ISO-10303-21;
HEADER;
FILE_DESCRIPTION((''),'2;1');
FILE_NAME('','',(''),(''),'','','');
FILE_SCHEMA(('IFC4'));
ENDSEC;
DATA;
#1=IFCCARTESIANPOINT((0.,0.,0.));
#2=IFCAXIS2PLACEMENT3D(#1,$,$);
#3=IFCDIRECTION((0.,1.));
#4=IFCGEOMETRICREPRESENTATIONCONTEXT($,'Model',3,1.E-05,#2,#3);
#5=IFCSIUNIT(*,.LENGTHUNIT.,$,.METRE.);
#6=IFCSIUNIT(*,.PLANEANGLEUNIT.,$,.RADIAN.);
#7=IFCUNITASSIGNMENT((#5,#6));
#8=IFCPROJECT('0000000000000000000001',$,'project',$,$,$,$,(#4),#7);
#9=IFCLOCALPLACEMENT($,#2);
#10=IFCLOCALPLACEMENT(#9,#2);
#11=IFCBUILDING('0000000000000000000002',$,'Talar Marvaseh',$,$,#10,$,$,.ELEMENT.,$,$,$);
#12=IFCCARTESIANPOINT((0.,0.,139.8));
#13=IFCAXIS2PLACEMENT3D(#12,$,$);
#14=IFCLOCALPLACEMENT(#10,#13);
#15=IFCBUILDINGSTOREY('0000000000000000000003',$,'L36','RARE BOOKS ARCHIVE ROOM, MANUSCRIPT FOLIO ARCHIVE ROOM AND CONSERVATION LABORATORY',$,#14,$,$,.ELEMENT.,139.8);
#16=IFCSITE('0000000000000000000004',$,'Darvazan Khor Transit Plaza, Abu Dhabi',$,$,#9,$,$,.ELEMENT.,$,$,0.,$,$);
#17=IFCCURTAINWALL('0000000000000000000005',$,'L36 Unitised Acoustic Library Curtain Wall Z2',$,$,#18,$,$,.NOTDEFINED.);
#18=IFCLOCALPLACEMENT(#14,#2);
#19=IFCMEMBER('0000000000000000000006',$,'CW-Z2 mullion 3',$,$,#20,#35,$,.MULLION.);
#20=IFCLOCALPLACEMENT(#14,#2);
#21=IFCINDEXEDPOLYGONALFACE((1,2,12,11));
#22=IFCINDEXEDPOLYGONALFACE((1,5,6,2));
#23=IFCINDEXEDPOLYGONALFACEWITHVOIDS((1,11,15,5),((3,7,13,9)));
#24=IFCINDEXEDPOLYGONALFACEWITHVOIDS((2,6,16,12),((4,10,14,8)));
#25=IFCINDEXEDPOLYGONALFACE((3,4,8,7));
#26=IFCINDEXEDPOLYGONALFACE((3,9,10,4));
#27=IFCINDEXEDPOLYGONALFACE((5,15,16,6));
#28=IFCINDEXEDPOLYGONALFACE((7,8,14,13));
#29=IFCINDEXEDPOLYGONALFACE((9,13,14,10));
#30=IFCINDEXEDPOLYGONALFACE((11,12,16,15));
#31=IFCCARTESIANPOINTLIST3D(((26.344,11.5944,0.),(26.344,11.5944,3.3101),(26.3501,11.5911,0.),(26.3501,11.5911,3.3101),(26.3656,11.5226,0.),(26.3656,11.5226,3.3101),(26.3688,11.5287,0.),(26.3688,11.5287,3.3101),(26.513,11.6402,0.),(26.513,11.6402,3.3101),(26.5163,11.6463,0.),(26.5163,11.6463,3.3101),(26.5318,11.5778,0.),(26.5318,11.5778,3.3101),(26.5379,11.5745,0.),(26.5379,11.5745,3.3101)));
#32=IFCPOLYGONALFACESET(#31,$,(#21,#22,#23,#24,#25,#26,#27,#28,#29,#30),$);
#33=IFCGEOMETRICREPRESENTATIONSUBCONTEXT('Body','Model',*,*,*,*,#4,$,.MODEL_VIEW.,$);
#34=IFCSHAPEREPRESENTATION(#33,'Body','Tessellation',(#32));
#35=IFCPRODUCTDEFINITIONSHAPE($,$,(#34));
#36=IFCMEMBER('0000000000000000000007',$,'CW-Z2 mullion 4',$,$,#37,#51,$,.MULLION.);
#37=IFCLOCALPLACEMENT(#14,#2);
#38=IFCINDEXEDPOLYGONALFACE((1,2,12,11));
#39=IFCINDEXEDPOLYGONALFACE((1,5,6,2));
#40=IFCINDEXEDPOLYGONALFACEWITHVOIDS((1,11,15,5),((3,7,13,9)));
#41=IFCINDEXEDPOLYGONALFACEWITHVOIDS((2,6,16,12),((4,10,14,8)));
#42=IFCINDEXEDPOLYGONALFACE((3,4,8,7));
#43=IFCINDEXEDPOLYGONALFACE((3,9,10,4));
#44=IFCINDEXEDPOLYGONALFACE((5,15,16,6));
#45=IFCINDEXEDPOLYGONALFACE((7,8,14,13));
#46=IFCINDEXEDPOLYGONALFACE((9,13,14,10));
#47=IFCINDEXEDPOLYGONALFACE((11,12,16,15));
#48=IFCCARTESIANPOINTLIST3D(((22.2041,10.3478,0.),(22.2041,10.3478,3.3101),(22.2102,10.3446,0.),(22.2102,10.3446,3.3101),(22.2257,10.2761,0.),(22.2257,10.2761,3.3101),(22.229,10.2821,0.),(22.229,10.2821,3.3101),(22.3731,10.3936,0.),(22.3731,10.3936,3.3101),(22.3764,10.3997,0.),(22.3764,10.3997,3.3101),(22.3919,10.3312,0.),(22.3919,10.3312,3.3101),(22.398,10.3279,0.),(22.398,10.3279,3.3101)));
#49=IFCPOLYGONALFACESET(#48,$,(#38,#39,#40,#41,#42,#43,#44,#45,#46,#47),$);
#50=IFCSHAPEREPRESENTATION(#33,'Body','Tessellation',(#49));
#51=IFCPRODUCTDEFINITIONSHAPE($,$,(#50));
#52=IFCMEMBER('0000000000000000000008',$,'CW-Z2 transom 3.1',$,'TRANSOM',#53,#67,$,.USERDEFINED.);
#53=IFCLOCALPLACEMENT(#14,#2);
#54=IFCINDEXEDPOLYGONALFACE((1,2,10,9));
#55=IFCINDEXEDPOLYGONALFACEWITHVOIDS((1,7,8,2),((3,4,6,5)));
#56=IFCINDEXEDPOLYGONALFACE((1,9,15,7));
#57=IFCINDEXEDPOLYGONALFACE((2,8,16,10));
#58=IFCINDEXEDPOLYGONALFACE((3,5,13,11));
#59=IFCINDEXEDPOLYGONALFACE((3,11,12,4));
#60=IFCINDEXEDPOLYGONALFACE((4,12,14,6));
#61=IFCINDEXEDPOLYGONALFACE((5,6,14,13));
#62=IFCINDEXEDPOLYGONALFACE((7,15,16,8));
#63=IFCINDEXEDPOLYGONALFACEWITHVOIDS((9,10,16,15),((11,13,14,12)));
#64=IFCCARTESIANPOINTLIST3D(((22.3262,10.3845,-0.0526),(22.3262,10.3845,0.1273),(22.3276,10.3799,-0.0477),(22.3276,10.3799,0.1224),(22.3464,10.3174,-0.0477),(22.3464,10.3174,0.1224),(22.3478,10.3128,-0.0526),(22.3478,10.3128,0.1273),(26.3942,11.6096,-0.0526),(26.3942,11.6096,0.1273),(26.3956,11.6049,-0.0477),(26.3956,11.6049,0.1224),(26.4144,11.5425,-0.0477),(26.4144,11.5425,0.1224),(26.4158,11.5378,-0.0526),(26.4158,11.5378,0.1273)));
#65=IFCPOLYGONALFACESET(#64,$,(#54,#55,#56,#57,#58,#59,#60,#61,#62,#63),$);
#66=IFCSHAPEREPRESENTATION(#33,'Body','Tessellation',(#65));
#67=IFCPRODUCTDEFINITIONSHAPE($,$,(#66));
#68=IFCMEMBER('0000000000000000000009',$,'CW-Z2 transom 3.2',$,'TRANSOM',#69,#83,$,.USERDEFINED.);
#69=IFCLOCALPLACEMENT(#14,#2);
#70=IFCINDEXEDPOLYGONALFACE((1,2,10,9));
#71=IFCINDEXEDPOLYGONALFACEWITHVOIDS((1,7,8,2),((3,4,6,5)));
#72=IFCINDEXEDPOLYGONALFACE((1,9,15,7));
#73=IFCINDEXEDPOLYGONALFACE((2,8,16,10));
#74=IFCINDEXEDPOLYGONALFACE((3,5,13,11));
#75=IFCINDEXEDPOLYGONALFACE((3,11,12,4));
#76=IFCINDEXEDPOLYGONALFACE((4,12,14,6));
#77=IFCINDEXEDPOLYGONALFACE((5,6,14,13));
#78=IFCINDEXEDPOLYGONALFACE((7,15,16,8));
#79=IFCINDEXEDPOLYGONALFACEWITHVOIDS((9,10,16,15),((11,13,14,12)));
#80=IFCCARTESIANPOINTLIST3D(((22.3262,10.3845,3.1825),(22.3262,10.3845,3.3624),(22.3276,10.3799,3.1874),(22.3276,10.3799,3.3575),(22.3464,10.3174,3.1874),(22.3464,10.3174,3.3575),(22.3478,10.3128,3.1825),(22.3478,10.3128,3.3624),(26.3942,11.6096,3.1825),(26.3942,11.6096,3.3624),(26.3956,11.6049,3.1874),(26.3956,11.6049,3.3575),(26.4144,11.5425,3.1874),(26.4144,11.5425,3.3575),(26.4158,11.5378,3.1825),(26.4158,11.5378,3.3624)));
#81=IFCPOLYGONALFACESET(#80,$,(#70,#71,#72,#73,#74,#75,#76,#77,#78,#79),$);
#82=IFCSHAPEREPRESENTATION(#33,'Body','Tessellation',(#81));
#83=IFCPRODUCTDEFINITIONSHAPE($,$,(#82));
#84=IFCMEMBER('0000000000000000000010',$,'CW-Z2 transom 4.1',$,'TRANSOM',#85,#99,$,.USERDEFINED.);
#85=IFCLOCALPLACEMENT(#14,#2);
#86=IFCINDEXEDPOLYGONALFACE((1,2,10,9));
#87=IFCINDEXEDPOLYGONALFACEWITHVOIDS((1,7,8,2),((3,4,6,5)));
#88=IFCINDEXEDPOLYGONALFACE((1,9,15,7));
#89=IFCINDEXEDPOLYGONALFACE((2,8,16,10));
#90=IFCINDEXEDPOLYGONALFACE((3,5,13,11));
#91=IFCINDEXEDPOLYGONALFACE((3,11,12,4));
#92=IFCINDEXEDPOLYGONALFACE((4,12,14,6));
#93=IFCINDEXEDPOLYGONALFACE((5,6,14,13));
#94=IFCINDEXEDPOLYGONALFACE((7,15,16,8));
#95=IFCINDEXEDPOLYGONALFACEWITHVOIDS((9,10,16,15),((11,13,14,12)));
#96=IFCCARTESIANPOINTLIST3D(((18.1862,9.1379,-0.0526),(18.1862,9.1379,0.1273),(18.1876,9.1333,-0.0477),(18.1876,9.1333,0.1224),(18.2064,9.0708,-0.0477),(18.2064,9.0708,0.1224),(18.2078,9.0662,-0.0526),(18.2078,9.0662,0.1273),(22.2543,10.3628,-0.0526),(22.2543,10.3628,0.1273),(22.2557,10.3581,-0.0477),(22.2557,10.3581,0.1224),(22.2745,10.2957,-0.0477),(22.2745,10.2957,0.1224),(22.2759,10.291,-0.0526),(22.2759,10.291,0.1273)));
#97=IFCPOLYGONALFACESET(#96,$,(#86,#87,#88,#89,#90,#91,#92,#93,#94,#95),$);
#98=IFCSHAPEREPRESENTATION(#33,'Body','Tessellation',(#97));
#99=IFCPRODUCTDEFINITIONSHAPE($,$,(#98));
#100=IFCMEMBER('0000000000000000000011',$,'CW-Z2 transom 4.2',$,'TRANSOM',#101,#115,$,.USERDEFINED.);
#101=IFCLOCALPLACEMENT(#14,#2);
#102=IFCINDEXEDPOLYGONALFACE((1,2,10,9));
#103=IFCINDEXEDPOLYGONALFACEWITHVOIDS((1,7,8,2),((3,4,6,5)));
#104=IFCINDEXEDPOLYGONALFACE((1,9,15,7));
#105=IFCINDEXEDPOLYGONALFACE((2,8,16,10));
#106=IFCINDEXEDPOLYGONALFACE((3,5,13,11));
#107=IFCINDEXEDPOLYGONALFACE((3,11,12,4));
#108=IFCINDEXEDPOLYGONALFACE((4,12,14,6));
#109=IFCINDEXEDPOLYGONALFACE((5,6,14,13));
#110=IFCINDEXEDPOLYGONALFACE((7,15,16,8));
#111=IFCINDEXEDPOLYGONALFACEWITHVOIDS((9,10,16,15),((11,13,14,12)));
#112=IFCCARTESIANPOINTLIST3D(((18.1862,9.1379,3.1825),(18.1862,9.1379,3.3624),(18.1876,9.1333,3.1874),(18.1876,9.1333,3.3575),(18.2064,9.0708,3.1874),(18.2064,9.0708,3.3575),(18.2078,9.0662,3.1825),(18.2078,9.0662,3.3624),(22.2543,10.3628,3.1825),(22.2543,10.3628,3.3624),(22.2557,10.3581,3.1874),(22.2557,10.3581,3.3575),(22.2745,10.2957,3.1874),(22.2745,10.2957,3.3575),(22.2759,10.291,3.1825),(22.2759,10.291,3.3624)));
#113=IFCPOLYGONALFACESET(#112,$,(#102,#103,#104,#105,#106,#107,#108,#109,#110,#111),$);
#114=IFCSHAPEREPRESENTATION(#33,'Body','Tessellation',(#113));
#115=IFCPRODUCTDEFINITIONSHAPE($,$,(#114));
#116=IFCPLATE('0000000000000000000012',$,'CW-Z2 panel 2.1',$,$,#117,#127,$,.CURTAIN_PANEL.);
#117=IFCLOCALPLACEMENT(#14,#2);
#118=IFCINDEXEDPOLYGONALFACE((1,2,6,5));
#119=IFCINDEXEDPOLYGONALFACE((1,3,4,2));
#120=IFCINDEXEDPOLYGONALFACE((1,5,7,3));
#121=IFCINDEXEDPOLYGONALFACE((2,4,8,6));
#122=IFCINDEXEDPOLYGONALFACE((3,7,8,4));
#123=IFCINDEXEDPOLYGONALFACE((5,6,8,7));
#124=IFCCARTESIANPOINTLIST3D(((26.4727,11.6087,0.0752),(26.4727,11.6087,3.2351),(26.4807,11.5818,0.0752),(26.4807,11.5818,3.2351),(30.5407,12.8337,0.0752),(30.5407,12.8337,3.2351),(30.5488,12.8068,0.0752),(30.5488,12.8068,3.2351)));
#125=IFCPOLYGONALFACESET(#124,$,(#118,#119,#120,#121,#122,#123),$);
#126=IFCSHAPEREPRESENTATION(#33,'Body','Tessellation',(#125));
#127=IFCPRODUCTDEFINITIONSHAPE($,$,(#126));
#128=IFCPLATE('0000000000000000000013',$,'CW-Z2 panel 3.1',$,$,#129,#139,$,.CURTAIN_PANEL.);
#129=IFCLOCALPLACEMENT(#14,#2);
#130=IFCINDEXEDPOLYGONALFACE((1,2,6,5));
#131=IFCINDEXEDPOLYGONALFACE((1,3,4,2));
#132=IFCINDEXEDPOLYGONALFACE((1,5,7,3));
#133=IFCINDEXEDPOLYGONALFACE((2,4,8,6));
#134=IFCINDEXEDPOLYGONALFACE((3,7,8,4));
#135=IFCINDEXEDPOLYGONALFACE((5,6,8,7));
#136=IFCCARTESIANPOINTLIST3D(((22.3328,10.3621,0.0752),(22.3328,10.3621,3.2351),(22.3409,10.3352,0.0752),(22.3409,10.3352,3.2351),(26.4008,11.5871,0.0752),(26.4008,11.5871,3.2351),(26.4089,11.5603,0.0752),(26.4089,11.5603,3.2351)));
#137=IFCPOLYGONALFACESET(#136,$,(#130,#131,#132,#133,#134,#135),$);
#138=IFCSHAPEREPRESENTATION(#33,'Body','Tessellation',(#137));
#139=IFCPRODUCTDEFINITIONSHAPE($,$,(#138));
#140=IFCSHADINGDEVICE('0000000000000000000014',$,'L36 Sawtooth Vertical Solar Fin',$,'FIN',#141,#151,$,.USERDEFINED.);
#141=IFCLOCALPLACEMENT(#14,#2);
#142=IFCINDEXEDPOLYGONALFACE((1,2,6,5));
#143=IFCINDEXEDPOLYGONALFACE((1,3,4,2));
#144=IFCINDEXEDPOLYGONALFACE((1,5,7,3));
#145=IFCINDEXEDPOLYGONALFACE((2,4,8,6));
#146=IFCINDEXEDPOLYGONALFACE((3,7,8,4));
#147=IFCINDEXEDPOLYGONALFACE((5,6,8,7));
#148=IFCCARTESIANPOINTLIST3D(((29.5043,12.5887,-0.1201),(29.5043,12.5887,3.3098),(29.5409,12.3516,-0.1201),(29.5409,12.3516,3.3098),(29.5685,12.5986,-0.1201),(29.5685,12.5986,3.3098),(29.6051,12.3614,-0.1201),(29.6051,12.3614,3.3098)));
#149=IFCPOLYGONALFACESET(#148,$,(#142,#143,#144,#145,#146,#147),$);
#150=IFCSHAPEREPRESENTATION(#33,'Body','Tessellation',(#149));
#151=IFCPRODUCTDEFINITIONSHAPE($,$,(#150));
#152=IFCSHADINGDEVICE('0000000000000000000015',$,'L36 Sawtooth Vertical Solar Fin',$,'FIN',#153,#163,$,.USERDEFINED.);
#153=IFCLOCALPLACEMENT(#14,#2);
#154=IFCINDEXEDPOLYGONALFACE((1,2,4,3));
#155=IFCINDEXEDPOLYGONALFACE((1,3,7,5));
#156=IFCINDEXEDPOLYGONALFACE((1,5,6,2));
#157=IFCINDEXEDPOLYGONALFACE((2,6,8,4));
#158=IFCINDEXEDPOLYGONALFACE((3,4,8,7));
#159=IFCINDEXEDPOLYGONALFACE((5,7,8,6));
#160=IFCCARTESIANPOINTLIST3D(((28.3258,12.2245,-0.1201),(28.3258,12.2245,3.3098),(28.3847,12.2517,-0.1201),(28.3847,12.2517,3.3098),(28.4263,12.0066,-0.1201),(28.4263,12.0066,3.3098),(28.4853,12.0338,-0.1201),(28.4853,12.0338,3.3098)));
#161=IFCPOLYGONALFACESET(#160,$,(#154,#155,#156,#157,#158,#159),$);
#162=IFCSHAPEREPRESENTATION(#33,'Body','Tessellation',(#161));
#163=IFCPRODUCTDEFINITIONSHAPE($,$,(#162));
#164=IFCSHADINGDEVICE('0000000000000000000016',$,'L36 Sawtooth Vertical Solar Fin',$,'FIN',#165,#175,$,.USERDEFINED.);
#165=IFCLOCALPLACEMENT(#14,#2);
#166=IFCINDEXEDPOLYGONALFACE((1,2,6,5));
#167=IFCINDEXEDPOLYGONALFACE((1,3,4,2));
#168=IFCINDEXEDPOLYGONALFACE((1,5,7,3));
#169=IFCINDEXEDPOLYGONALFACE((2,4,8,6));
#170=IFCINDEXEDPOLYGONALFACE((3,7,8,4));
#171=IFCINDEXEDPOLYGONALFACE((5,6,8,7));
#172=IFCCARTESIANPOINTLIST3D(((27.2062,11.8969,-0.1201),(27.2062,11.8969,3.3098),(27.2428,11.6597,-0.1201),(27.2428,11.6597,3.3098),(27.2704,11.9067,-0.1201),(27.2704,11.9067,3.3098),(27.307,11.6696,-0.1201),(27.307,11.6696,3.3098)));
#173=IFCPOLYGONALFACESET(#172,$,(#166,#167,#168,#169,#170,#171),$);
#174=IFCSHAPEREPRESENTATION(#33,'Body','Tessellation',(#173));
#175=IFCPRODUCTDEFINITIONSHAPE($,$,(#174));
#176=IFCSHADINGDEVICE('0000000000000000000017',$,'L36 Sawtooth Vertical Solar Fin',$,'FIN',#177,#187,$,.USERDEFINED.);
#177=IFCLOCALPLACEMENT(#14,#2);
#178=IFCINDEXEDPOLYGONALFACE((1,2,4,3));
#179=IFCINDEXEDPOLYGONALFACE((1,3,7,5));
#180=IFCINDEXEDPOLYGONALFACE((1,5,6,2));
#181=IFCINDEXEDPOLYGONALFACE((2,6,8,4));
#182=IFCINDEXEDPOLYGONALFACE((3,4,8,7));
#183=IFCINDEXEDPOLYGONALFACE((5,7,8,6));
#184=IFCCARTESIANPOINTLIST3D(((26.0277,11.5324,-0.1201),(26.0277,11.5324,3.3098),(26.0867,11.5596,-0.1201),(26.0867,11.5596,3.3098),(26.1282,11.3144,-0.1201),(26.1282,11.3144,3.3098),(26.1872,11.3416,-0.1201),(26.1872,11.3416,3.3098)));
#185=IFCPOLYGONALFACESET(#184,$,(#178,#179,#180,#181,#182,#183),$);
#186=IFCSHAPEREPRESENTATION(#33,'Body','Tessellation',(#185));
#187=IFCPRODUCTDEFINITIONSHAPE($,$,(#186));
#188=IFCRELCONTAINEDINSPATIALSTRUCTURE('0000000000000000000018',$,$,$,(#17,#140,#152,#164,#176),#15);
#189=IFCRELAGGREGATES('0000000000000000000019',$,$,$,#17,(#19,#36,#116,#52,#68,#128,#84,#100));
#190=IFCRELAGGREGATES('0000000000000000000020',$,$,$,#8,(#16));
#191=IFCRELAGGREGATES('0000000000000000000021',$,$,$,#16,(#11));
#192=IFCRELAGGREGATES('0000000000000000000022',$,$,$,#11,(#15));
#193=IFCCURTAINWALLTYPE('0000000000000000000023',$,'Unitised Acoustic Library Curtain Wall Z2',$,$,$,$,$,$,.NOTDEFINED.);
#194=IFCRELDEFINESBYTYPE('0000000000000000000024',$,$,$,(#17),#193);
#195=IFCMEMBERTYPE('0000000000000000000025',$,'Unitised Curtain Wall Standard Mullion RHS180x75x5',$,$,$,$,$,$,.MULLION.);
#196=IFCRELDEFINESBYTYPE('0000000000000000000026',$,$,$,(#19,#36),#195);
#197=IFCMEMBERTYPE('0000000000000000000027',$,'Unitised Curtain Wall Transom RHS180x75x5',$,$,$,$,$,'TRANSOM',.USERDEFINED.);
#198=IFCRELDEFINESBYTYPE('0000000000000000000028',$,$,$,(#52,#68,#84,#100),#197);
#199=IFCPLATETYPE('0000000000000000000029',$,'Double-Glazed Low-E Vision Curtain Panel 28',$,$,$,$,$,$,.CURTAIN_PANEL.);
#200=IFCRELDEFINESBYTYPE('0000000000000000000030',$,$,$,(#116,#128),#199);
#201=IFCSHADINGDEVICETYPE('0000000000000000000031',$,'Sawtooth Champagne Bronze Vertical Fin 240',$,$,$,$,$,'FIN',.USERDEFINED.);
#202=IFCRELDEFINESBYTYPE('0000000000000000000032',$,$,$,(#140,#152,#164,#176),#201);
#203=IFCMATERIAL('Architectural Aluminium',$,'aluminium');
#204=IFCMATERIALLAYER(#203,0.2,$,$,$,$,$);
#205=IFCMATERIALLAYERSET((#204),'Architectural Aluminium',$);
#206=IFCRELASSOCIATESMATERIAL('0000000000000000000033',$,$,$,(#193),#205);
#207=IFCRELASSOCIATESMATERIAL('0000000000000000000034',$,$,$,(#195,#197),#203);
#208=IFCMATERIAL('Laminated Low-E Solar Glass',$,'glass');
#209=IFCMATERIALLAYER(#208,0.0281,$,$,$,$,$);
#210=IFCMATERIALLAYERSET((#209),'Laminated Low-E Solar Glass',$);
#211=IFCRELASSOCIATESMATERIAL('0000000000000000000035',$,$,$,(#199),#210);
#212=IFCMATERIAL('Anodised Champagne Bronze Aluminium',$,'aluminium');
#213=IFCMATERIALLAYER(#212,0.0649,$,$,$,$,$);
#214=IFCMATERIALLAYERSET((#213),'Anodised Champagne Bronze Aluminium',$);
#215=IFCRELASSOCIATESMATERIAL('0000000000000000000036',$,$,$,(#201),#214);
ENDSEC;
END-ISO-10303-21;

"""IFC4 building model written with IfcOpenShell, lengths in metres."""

from ifc_helpers import new_model, si_unit, direction, frame, origin, origin_2d, place, context, subcontext, project, spatial, rectangle, hollow_rectangle, extrude, source, transform, mapped, material, layer, layer_set, material_profile, profile_set, type_object, type_shapes, element, aggregate, save


model = new_model("IFC4")

# Units and contexts
model_context = context("Model", 3, precision=1e-05, world=origin(), true_north=direction((0.0, 1.0)))
body_context = subcontext(model_context, "Body", "Model", "MODEL_VIEW")
ifc_project = project(units=[si_unit("LENGTHUNIT", "METRE"), si_unit("PLANEANGLEUNIT", "RADIAN")], contexts=[model_context])

# Site, building, storey
site_placement = place(None, origin())
site = spatial("IfcSite", under=ifc_project, at=site_placement, Name="Darvazan Khor Transit Plaza, Abu Dhabi", CompositionType="ELEMENT", RefElevation=0.0)
building_placement = place(site_placement, origin())
building = spatial("IfcBuilding", under=site, at=building_placement, Name="Talar Marvaseh", CompositionType="ELEMENT")
storey_placement = place(building_placement, frame((0.0, 0.0, 139.8)))
storey = spatial("IfcBuildingStorey", under=building, at=storey_placement, Name="L36", Description="RARE BOOKS ARCHIVE ROOM, MANUSCRIPT FOLIO ARCHIVE ROOM AND CONSERVATION LABORATORY", CompositionType="ELEMENT", Elevation=139.8)

# Curtain wall, members, plates
ifc_material_1 = material(Name="Architectural Aluminium", Category="aluminium")
ifc_layer_1 = layer(ifc_material_1, 0.2)
ifc_layer_set_1 = layer_set([ifc_layer_1], Name="Architectural Aluminium")
curtain_wall_type = type_object("IfcCurtainWallType", Name="Unitised Acoustic Library Curtain Wall Z2", PredefinedType="NOTDEFINED", material=ifc_layer_set_1)
curtain_wall_placement = place(storey_placement, origin())
curtain_wall = element("IfcCurtainWall", 1, at=curtain_wall_placement, inside=storey, type_object=curtain_wall_type, Name="L36 Unitised Acoustic Library Curtain Wall Z2", PredefinedType="NOTDEFINED")
ifc_material_profile_1 = material_profile(ifc_material_1, hollow_rectangle(XDim=0.075, YDim=0.1799, WallThickness=0.0049, at=origin_2d()), Name="RHS180x75x5")
ifc_profile_set_1 = profile_set([ifc_material_profile_1], Name="Architectural Aluminium")
member_type_1 = type_object("IfcMemberType", Name="Unitised Curtain Wall Standard Mullion RHS180x75x5", PredefinedType="MULLION", material=ifc_profile_set_1)
shared_shape_1 = source(origin(), body_context, "Body", "SweptSolid", [
    extrude(hollow_rectangle(XDim=0.075, YDim=0.1799, WallThickness=0.0049, at=origin_2d()), origin(), (0.0, 0.0, 1.0), 3.3101),
])
type_shapes(member_type_1, [shared_shape_1])
member_1_placement = place(storey_placement, frame((26.4409, 11.5845, 0.0), z_axis=(0.0, 0.0, 1.0), x_axis=(0.288343, -0.957527, 0.0)))
member_1 = element("IfcMember", 2, at=member_1_placement, type_object=member_type_1, Name="CW-Z2 mullion 3", PredefinedType="MULLION", context=body_context, shape_type="MappedRepresentation", body=[
    mapped(shared_shape_1, transform((0.0, 0.0, 0.0), x_axis=(1.0, 0.0, 0.0), y_axis=(0.0, 1.0, 0.0), z_axis=(0.0, 0.0, 1.0), scale=1.0)),
])
member_2_placement = place(storey_placement, frame((22.301, 10.3379, 0.0), z_axis=(0.0, 0.0, 1.0), x_axis=(0.288343, -0.957527, 0.0)))
member_2 = element("IfcMember", 3, at=member_2_placement, type_object=member_type_1, Name="CW-Z2 mullion 4", PredefinedType="MULLION", context=body_context, shape_type="MappedRepresentation", body=[
    mapped(shared_shape_1, transform((0.0, 0.0, 0.0), x_axis=(1.0, 0.0, 0.0), y_axis=(0.0, 1.0, 0.0), z_axis=(0.0, 0.0, 1.0), scale=1.0)),
])
ifc_material_profile_2 = material_profile(ifc_material_1, hollow_rectangle(XDim=0.075, YDim=0.1799, WallThickness=0.0049, at=origin_2d()), Name="RHS180x75x5")
ifc_profile_set_2 = profile_set([ifc_material_profile_2], Name="Architectural Aluminium")
member_type_2 = type_object("IfcMemberType", Name="Unitised Curtain Wall Transom RHS180x75x5", ElementType="TRANSOM", PredefinedType="USERDEFINED", material=ifc_profile_set_2)
shared_shape_2 = source(origin(), body_context, "Body", "SweptSolid", [
    extrude(hollow_rectangle(XDim=0.075, YDim=0.1799, WallThickness=0.0049, at=origin_2d()), origin(), (0.0, 0.0, 1.0), 4.2485),
])
type_shapes(member_type_2, [shared_shape_2])
member_3_placement = place(storey_placement, frame((26.405, 11.5737, 0.0374), z_axis=(-0.957524, -0.288355, 0.0), x_axis=(0.288355, -0.957524, 0.0)))
member_3 = element("IfcMember", 4, at=member_3_placement, type_object=member_type_2, Name="CW-Z2 transom 3.1", ObjectType="TRANSOM", PredefinedType="USERDEFINED", context=body_context, shape_type="MappedRepresentation", body=[
    mapped(shared_shape_2, transform((0.0, 0.0, 0.0), x_axis=(1.0, 0.0, 0.0), y_axis=(0.0, 1.0, 0.0), z_axis=(0.0, 0.0, 1.0), scale=1.0)),
])
member_4_placement = place(storey_placement, frame((26.405, 11.5737, 3.2725), z_axis=(-0.957524, -0.288355, 0.0), x_axis=(0.288355, -0.957524, 0.0)))
member_4 = element("IfcMember", 5, at=member_4_placement, type_object=member_type_2, Name="CW-Z2 transom 3.2", ObjectType="TRANSOM", PredefinedType="USERDEFINED", context=body_context, shape_type="MappedRepresentation", body=[
    mapped(shared_shape_2, transform((0.0, 0.0, 0.0), x_axis=(1.0, 0.0, 0.0), y_axis=(0.0, 1.0, 0.0), z_axis=(0.0, 0.0, 1.0), scale=1.0)),
])
member_5_placement = place(storey_placement, frame((22.2651, 10.3269, 0.0374), z_axis=(-0.95754, -0.288302, 0.0), x_axis=(0.288302, -0.95754, 0.0)))
member_5 = element("IfcMember", 6, at=member_5_placement, type_object=member_type_2, Name="CW-Z2 transom 4.1", ObjectType="TRANSOM", PredefinedType="USERDEFINED", context=body_context, shape_type="MappedRepresentation", body=[
    mapped(shared_shape_2, transform((0.0, 0.0, 0.0), x_axis=(1.0, 0.0, 0.0), y_axis=(0.0, 1.0, 0.0), z_axis=(0.0, 0.0, 1.0), scale=1.0)),
])
member_6_placement = place(storey_placement, frame((22.2651, 10.3269, 3.2725), z_axis=(-0.95754, -0.288302, 0.0), x_axis=(0.288302, -0.95754, 0.0)))
member_6 = element("IfcMember", 7, at=member_6_placement, type_object=member_type_2, Name="CW-Z2 transom 4.2", ObjectType="TRANSOM", PredefinedType="USERDEFINED", context=body_context, shape_type="MappedRepresentation", body=[
    mapped(shared_shape_2, transform((0.0, 0.0, 0.0), x_axis=(1.0, 0.0, 0.0), y_axis=(0.0, 1.0, 0.0), z_axis=(0.0, 0.0, 1.0), scale=1.0)),
])
ifc_material_2 = material(Name="Laminated Low-E Solar Glass", Category="glass")
ifc_layer_2 = layer(ifc_material_2, 0.0281)
ifc_layer_set_2 = layer_set([ifc_layer_2], Name="Laminated Low-E Solar Glass")
plate_type = type_object("IfcPlateType", Name="Double-Glazed Low-E Vision Curtain Panel 28", PredefinedType="CURTAIN_PANEL", material=ifc_layer_set_2)
shared_shape_3 = source(origin(), body_context, "Body", "SweptSolid", [
    extrude(rectangle(XDim=4.2485, YDim=0.0281, at=origin_2d()), origin(), (0.0, 0.0, 1.0), 3.1599),
])
type_shapes(plate_type, [shared_shape_3])
plate_1_placement = place(storey_placement, frame((28.5107, 12.2078, 0.0752), z_axis=(0.0, 0.0, 1.0), x_axis=(-0.957527, -0.288343, 0.0)))
plate_1 = element("IfcPlate", 8, at=plate_1_placement, type_object=plate_type, Name="CW-Z2 panel 2.1", PredefinedType="CURTAIN_PANEL", context=body_context, shape_type="MappedRepresentation", body=[
    mapped(shared_shape_3, transform((0.0, 0.0, 0.0), x_axis=(1.0, 0.0, 0.0), y_axis=(0.0, 1.0, 0.0), z_axis=(0.0, 0.0, 1.0), scale=1.0)),
])
plate_2_placement = place(storey_placement, frame((24.3708, 10.9612, 0.0752), z_axis=(0.0, 0.0, 1.0), x_axis=(-0.957527, -0.288343, 0.0)))
plate_2 = element("IfcPlate", 9, at=plate_2_placement, type_object=plate_type, Name="CW-Z2 panel 3.1", PredefinedType="CURTAIN_PANEL", context=body_context, shape_type="MappedRepresentation", body=[
    mapped(shared_shape_3, transform((0.0, 0.0, 0.0), x_axis=(1.0, 0.0, 0.0), y_axis=(0.0, 1.0, 0.0), z_axis=(0.0, 0.0, 1.0), scale=1.0)),
])
aggregate(curtain_wall, [member_1, member_2, plate_1, member_3, member_4, plate_2, member_5, member_6])

# Shading devices
ifc_material_3 = material(Name="Anodised Champagne Bronze Aluminium", Category="aluminium")
ifc_layer_3 = layer(ifc_material_3, 0.0649)
ifc_layer_set_3 = layer_set([ifc_layer_3], Name="Anodised Champagne Bronze Aluminium")
shading_device_type = type_object("IfcShadingDeviceType", Name="Sawtooth Champagne Bronze Vertical Fin 240", ElementType="FIN", PredefinedType="USERDEFINED", material=ifc_layer_set_3)
shared_shape_4 = source(origin(), body_context, "Body", "SweptSolid", [
    extrude(rectangle(XDim=0.24, YDim=0.0649, at=origin_2d()), origin(), (0.0, 0.0, 1.0), 3.4299),
])
type_shapes(shading_device_type, [shared_shape_4])
for number, where, z_axis, x_axis, name in (
    (10, (29.5547, 12.4751, -0.1201), (0.0, 0.0, 1.0), (0.152296, -0.988335, 0.0), "L36 Sawtooth Vertical Solar Fin"),
    (11, (28.4055, 12.1292, -0.1201), (0.0, 0.0, 1.0), (0.418818, -0.90807, 0.0), "L36 Sawtooth Vertical Solar Fin"),
    (12, (27.2566, 11.7832, -0.1201), (0.0, 0.0, 1.0), (0.152296, -0.988335, 0.0), "L36 Sawtooth Vertical Solar Fin"),
    (13, (26.1074, 11.437, -0.1201), (0.0, 0.0, 1.0), (0.418818, -0.90807, 0.0), "L36 Sawtooth Vertical Solar Fin"),
):
    element("IfcShadingDevice", number, at=place(storey_placement, frame(where, z_axis=z_axis, x_axis=x_axis)), inside=storey, type_object=shading_device_type, Name=name, ObjectType="FIN", PredefinedType="USERDEFINED", context=body_context, shape_type="MappedRepresentation", body=[
        mapped(shared_shape_4, transform((0.0, 0.0, 0.0), x_axis=(1.0, 0.0, 0.0), y_axis=(0.0, 1.0, 0.0), z_axis=(0.0, 0.0, 1.0), scale=1.0)),
    ])

save(model, "model.ifc")
